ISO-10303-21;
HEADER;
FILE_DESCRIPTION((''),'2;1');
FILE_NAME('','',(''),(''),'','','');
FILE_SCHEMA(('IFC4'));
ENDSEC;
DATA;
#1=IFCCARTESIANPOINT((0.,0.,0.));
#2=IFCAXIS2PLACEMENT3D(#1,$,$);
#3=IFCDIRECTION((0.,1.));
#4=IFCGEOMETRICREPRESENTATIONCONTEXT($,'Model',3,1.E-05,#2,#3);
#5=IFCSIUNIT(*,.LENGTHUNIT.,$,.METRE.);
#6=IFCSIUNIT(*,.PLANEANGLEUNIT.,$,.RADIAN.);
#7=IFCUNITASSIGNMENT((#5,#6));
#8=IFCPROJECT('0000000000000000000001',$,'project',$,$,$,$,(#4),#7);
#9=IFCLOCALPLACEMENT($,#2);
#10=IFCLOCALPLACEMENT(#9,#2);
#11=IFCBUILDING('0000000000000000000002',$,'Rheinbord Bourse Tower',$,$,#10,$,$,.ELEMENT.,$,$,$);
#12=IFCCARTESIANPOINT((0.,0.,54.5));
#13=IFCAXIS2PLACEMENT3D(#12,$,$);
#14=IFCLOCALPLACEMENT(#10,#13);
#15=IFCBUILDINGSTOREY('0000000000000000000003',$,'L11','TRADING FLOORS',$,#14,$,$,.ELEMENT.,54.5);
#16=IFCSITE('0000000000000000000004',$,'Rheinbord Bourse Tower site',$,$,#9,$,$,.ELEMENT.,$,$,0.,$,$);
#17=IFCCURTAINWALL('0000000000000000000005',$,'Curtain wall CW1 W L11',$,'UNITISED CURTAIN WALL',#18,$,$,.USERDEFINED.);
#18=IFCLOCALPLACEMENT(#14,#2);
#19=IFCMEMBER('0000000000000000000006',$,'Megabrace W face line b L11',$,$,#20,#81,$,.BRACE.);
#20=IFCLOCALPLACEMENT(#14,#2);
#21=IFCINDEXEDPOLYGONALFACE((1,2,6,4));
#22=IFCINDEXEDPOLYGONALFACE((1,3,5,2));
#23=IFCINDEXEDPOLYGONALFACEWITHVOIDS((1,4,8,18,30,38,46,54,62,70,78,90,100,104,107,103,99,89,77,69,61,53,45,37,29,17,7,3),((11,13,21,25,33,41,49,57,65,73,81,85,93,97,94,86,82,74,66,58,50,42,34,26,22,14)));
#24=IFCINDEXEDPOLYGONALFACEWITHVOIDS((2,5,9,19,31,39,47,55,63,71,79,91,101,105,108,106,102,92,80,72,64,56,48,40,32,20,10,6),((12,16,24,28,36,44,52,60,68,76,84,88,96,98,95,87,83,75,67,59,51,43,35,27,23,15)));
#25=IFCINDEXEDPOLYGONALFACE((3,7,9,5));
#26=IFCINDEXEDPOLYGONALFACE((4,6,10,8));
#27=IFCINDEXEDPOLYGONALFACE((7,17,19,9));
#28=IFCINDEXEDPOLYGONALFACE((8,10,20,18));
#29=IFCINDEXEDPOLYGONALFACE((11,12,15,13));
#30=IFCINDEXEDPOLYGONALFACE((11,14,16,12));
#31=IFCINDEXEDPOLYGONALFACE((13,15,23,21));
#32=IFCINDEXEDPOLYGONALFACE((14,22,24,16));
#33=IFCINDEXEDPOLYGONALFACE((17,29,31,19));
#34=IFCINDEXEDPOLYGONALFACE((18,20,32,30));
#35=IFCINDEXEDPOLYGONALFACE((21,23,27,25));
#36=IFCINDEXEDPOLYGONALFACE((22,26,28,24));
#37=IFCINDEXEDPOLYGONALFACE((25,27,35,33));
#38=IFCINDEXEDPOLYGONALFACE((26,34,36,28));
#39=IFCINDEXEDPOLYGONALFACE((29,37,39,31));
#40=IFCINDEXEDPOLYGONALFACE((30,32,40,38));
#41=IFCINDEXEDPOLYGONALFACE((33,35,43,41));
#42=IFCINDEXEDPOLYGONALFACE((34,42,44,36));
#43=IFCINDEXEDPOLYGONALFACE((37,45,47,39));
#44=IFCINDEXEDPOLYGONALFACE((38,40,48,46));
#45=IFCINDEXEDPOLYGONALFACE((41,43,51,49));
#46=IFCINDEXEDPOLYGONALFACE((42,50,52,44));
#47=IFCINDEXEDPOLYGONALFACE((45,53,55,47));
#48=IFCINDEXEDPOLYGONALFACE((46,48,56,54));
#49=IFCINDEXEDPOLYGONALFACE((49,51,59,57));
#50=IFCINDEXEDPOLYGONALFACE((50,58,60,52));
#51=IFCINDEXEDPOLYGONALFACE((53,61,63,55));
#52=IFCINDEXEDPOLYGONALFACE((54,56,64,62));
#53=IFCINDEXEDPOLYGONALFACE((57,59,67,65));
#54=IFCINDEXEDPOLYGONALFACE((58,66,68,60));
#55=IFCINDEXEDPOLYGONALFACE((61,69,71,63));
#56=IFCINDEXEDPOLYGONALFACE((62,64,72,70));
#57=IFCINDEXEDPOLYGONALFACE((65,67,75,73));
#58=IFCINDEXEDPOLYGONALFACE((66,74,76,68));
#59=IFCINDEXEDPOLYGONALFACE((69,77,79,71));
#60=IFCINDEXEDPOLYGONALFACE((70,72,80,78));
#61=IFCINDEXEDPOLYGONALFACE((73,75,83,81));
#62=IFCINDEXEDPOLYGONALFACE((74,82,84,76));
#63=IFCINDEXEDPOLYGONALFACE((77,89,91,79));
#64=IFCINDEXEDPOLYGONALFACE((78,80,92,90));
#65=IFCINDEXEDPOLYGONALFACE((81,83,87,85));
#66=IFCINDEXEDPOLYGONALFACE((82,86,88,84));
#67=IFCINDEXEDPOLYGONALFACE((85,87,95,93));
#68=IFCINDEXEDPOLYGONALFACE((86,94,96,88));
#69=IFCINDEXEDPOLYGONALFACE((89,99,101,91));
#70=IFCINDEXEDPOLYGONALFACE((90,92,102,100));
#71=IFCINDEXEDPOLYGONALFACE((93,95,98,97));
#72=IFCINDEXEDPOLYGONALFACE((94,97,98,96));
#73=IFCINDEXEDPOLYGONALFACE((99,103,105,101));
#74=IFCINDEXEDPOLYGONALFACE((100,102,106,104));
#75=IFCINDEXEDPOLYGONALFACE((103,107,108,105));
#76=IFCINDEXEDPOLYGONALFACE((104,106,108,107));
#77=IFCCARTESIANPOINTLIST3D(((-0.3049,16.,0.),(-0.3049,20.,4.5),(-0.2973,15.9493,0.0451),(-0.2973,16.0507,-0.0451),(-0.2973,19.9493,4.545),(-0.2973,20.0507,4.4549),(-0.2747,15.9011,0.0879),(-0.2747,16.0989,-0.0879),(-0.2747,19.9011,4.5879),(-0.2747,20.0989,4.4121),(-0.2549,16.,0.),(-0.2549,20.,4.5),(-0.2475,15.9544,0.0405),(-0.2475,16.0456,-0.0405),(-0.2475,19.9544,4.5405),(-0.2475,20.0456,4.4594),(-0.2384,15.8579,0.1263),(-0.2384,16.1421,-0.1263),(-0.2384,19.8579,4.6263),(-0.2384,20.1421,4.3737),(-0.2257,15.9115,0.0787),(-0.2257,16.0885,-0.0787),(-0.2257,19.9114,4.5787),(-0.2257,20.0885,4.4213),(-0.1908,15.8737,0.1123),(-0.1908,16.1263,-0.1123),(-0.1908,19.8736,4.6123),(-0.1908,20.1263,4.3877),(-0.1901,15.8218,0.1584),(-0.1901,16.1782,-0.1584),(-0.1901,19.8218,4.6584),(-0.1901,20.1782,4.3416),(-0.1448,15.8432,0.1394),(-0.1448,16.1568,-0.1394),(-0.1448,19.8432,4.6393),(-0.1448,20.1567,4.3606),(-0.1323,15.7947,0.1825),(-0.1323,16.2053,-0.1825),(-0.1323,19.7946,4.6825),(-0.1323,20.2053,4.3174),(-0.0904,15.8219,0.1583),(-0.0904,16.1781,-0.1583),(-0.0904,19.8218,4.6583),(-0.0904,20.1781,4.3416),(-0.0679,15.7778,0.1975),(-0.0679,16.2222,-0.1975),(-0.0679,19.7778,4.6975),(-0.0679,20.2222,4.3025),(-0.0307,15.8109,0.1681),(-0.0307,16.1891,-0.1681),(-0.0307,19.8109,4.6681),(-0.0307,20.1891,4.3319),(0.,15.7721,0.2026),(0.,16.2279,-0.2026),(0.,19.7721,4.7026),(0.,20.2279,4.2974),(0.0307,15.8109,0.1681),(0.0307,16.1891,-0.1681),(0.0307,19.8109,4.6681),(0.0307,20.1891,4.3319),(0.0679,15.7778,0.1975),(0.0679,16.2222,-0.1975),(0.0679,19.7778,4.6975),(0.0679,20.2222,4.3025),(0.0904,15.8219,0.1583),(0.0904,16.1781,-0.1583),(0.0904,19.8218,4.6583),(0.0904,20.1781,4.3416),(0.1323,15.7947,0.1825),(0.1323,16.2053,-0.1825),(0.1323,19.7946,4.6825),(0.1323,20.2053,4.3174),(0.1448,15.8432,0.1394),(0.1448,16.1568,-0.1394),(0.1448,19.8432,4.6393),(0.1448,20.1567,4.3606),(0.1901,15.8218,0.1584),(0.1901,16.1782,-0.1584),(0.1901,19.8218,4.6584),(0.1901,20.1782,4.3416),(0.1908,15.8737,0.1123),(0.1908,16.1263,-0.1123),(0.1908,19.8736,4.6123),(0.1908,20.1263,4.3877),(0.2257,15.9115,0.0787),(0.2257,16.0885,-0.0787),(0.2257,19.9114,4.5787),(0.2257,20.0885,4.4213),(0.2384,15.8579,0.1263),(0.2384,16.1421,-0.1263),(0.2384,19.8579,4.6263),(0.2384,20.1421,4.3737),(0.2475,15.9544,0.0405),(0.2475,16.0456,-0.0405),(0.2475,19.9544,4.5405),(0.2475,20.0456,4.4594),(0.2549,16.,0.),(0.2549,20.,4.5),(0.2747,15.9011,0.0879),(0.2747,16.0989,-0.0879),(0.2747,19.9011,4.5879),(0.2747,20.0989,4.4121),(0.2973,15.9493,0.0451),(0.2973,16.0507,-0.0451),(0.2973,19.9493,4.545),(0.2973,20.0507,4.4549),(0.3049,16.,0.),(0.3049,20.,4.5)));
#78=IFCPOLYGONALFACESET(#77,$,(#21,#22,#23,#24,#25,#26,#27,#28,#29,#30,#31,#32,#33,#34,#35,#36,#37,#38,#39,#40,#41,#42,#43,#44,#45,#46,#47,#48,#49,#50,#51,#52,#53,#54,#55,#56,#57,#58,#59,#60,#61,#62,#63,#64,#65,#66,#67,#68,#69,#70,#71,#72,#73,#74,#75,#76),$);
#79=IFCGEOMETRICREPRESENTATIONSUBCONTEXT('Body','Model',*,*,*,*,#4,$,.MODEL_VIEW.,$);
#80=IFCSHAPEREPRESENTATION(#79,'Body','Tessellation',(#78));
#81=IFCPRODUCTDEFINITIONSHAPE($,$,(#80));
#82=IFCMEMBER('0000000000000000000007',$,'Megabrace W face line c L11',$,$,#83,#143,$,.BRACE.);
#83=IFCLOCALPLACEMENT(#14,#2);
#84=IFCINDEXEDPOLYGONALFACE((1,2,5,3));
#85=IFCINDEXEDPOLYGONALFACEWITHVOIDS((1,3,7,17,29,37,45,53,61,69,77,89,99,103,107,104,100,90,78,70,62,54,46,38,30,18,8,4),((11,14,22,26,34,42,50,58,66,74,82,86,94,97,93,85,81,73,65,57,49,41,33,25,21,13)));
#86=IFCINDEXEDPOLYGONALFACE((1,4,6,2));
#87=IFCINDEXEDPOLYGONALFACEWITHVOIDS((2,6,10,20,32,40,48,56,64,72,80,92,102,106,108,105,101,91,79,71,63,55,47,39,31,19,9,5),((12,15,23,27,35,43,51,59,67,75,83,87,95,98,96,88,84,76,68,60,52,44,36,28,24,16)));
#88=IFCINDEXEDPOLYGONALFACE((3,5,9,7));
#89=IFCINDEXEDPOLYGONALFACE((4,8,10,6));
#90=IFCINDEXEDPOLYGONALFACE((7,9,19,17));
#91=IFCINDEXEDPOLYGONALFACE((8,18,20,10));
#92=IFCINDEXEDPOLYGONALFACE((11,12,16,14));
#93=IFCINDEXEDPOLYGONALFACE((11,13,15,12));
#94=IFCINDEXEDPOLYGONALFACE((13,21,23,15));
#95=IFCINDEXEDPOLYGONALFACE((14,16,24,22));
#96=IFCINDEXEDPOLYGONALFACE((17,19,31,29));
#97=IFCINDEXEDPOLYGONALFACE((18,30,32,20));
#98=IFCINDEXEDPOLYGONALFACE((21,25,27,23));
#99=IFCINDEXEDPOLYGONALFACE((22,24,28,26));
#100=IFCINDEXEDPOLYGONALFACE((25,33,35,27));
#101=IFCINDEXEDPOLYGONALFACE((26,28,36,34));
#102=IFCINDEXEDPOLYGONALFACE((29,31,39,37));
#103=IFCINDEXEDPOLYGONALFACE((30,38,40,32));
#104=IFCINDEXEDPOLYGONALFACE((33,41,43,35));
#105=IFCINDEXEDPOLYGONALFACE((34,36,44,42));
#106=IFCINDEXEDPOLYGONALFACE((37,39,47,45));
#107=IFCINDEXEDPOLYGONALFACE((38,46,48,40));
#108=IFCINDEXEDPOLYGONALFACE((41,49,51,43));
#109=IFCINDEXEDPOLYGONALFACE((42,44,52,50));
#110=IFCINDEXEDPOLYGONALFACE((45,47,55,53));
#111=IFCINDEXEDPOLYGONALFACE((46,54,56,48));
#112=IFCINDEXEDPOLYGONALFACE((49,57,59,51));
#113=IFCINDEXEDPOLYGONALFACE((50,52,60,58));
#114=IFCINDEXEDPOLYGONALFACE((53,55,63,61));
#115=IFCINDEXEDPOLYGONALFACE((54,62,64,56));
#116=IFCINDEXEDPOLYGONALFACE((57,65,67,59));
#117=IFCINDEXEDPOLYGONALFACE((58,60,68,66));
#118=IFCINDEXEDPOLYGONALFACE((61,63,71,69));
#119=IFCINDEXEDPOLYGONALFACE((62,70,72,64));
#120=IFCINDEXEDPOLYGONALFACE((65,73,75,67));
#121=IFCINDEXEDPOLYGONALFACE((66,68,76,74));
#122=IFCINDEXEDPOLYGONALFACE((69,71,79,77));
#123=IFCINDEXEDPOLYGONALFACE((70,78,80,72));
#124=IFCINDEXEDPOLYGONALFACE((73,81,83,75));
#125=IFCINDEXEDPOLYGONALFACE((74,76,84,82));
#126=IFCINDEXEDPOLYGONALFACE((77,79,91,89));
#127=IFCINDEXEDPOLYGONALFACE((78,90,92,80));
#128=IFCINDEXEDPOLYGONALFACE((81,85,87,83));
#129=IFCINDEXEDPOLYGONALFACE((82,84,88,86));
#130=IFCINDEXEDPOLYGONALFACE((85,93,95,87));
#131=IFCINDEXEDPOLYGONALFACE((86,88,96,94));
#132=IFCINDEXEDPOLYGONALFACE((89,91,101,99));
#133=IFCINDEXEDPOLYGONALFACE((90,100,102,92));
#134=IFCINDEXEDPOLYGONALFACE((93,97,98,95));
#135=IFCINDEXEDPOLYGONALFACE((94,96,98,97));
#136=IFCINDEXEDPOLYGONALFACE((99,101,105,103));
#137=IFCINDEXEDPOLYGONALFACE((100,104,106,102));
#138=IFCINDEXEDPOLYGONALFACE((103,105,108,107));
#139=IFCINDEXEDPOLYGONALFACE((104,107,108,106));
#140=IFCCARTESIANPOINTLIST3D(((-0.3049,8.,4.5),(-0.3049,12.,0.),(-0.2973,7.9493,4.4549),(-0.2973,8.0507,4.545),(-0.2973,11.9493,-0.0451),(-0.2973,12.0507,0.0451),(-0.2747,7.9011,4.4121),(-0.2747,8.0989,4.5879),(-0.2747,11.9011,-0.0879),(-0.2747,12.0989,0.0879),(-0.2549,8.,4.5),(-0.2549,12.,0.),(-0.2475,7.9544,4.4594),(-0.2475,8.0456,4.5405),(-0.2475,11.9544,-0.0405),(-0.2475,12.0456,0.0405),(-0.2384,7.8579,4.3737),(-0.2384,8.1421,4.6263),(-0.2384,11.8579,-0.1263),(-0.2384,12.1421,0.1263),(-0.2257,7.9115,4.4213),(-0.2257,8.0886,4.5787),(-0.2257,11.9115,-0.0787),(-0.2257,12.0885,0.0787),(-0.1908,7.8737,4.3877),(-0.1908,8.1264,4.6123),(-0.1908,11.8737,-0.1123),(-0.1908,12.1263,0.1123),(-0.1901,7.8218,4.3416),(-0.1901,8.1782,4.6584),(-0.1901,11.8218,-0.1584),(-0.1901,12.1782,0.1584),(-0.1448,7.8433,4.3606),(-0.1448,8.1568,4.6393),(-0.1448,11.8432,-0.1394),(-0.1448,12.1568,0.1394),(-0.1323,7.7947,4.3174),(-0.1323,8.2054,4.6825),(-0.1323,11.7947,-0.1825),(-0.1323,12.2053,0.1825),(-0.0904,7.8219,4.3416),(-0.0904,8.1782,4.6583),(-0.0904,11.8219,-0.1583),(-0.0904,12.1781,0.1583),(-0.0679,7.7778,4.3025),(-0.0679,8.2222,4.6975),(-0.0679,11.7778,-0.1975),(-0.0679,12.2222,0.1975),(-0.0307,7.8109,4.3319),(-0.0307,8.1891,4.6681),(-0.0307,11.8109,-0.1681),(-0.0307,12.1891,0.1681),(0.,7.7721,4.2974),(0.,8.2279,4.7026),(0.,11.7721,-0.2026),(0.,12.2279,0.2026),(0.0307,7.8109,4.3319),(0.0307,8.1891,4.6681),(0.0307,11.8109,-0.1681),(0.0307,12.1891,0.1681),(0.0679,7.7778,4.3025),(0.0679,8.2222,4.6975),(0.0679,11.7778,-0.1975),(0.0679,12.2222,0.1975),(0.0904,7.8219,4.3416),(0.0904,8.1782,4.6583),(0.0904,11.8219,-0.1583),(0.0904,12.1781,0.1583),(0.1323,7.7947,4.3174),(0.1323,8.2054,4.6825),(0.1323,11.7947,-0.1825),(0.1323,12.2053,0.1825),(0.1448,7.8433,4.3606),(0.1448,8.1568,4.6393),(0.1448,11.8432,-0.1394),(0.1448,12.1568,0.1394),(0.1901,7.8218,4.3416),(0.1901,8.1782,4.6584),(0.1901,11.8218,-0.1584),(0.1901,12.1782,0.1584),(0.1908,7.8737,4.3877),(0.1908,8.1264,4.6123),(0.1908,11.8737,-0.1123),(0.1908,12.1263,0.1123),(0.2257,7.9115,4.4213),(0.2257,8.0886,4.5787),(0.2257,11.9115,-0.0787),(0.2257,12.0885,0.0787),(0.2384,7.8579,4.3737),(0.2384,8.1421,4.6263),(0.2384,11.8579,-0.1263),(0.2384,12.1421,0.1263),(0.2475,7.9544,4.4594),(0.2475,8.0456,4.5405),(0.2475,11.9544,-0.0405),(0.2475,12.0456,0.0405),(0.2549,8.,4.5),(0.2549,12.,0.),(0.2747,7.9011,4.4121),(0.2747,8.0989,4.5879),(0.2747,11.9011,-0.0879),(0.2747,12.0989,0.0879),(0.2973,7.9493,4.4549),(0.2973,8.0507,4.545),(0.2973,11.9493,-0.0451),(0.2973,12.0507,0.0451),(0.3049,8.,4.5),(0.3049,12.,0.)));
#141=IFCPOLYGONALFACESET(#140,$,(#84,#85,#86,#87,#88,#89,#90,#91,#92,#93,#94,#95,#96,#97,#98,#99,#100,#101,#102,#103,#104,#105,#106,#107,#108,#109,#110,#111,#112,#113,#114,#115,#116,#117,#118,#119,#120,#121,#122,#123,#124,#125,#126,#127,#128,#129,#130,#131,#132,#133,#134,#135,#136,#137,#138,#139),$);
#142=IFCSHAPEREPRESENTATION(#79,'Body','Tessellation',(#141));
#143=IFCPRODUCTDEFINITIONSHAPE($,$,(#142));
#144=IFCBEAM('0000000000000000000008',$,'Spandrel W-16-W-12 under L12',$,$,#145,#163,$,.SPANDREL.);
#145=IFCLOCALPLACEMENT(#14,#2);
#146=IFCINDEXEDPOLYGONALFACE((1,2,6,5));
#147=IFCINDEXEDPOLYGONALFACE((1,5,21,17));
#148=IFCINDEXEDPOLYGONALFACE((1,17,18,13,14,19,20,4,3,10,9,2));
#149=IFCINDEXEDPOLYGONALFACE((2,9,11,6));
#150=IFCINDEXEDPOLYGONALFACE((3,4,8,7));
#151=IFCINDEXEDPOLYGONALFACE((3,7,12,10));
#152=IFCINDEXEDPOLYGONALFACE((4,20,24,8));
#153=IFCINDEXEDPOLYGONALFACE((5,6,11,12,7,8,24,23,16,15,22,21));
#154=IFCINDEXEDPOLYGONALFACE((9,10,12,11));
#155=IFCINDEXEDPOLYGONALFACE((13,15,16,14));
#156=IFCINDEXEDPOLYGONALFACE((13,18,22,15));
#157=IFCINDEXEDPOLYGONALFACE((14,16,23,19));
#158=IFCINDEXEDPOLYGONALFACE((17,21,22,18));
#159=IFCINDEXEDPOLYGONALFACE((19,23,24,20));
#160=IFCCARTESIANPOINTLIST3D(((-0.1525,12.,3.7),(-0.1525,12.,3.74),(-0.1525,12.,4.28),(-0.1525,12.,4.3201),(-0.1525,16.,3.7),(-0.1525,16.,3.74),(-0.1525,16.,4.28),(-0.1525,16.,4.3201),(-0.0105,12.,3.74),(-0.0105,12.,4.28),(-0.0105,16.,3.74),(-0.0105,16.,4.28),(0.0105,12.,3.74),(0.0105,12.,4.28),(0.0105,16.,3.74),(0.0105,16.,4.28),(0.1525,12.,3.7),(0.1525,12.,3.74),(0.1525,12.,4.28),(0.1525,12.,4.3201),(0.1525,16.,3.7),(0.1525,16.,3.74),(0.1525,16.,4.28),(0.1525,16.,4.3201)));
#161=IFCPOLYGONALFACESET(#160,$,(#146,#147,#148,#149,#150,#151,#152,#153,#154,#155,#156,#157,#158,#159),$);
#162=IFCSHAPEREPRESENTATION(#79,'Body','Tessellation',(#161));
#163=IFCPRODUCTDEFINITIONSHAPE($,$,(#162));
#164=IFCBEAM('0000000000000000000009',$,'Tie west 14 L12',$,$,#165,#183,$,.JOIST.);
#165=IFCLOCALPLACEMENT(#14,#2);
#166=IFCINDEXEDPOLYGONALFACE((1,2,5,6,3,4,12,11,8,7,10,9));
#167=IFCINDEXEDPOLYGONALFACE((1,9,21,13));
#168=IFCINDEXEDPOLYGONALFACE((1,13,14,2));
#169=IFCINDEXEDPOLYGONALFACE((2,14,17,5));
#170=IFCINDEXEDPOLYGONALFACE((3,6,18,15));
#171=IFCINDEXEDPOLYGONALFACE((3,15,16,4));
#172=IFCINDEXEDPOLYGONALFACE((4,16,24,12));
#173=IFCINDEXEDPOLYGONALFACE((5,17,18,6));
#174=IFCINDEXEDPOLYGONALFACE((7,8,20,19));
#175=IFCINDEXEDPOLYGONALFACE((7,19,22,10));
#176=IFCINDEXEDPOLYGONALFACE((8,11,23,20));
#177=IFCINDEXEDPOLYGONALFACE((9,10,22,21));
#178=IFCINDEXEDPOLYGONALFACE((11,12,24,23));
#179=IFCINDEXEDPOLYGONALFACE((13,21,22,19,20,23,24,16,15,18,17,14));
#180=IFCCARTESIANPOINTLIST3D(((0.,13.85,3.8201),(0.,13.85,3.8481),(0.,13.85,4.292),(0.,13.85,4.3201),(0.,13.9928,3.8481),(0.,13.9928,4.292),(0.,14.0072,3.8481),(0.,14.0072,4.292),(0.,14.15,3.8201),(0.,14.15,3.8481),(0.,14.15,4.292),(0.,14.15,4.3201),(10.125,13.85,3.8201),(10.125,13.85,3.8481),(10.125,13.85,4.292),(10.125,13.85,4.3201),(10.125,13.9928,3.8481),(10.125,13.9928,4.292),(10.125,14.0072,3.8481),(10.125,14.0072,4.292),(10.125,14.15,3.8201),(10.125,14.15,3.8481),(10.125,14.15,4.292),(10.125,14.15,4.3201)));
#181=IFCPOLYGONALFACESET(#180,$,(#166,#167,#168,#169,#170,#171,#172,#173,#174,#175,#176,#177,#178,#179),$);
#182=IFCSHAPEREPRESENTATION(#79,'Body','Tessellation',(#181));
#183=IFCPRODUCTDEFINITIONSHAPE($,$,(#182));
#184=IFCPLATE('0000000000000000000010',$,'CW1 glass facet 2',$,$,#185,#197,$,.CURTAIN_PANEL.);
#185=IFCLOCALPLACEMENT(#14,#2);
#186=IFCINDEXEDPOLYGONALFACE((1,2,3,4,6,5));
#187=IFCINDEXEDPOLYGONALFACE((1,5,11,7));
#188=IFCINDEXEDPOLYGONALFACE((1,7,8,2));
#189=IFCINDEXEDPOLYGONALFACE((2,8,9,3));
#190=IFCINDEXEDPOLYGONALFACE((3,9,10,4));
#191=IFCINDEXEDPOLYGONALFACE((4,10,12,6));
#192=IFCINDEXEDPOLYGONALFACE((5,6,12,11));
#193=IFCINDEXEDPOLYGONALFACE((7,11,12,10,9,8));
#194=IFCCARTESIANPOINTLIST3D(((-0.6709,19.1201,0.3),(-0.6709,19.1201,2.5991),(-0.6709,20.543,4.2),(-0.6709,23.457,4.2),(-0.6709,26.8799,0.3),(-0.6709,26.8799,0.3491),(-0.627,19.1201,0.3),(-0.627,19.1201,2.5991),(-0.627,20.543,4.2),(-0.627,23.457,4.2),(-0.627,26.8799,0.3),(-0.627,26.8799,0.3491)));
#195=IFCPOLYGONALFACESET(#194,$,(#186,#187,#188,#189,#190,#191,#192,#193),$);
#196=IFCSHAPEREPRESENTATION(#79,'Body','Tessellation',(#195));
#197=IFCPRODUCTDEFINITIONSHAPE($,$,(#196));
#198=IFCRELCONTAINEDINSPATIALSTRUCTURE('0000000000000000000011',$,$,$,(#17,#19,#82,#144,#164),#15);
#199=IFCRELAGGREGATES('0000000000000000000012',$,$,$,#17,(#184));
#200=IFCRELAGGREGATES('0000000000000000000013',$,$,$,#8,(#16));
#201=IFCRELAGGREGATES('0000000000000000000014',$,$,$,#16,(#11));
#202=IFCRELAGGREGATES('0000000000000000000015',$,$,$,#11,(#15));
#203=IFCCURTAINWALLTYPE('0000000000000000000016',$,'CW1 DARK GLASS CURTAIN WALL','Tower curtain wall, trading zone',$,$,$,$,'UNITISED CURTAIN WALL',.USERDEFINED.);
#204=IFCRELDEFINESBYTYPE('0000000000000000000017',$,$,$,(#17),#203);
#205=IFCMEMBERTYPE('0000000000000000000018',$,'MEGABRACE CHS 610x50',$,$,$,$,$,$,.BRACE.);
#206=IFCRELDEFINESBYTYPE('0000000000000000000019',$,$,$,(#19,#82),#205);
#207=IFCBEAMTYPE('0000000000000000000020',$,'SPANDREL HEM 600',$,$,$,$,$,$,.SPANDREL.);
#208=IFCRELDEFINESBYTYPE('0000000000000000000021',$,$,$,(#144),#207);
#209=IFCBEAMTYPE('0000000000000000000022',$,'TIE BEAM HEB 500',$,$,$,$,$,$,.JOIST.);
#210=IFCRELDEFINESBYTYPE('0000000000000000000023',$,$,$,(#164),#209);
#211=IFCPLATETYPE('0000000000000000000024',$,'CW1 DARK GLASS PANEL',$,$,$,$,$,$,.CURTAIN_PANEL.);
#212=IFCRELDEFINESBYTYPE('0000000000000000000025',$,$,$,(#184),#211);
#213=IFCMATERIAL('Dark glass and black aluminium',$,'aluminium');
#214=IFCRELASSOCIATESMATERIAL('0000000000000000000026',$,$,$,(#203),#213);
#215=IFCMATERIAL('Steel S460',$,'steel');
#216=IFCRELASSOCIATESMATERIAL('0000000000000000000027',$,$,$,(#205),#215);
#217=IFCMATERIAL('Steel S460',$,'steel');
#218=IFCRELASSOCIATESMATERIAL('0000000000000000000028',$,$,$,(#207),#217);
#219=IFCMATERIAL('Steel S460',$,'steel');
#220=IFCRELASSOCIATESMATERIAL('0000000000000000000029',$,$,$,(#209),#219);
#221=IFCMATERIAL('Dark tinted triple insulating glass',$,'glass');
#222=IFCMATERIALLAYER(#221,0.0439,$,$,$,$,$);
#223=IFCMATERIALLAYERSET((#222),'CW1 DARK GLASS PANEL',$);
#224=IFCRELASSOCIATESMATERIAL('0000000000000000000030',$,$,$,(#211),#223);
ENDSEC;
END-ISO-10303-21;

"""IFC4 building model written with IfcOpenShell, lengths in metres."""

from ifc_helpers import new_model, si_unit, direction, frame, origin, origin_2d, place, context, subcontext, project, spatial, polyline, hollow_circle, i_section, outline, extrude, material, layer, layer_set, material_profile, profile_set, type_object, element, aggregate, save


model = new_model("IFC4")

# Units and contexts
model_context = context("Model", 3, precision=1e-05, world=origin(), true_north=direction((0.0, 1.0)))
body_context = subcontext(model_context, "Body", "Model", "MODEL_VIEW")
ifc_project = project(units=[si_unit("LENGTHUNIT", "METRE"), si_unit("PLANEANGLEUNIT", "RADIAN")], contexts=[model_context])

# Site, building, storey
site_placement = place(None, origin())
site = spatial("IfcSite", under=ifc_project, at=site_placement, Name="Rheinbord Bourse Tower site", CompositionType="ELEMENT", RefElevation=0.0)
building_placement = place(site_placement, origin())
building = spatial("IfcBuilding", under=site, at=building_placement, Name="Rheinbord Bourse Tower", CompositionType="ELEMENT")
storey_placement = place(building_placement, frame((0.0, 0.0, 54.5)))
storey = spatial("IfcBuildingStorey", under=building, at=storey_placement, Name="L11", Description="TRADING FLOORS", CompositionType="ELEMENT", Elevation=54.5)

# Curtain wall
ifc_material_1 = material(Name="Dark glass and black aluminium", Category="aluminium")
curtain_wall_type = type_object("IfcCurtainWallType", Name="CW1 DARK GLASS CURTAIN WALL", Description="Tower curtain wall, trading zone", ElementType="UNITISED CURTAIN WALL", PredefinedType="USERDEFINED", material=ifc_material_1)
curtain_wall_placement = place(storey_placement, origin())
curtain_wall = element("IfcCurtainWall", 1, at=curtain_wall_placement, inside=storey, type_object=curtain_wall_type, Name="Curtain wall CW1 W L11", ObjectType="UNITISED CURTAIN WALL", PredefinedType="USERDEFINED")

# Members
ifc_material_2 = material(Name="Steel S460", Category="steel")
ifc_material_profile_1 = material_profile(ifc_material_2, hollow_circle(Radius=0.3049, WallThickness=0.05, at=origin_2d()), Name="CHS 610x50")
ifc_profile_set_1 = profile_set([ifc_material_profile_1], Name="Steel S460")
member_type_1 = type_object("IfcMemberType", Name="MEGABRACE CHS 610x50", PredefinedType="BRACE", material=ifc_profile_set_1)
for number, where, z_axis, x_axis, name in (
    (2, (0.0, 16.0, 0.0), (0.0, 0.664364, 0.747409), (-1.0, 0.0, 0.0), "Megabrace W face line b L11"),
    (3, (0.0, 12.0, 0.0), (0.0, -0.664364, 0.747409), (1.0, 0.0, 0.0), "Megabrace W face line c L11"),
):
    element("IfcMember", number, at=place(storey_placement, frame(where, z_axis=z_axis, x_axis=x_axis)), inside=storey, type_object=member_type_1, Name=name, PredefinedType="BRACE", context=body_context, shape_type="SweptSolid", body=[
        extrude(hollow_circle(Radius=0.3049, WallThickness=0.05, at=origin_2d()), origin(), (0.0, 0.0, 1.0), 6.0208),
    ])

# Beams
ifc_material_3 = material(Name="Steel S460", Category="steel")
ifc_material_profile_2 = material_profile(ifc_material_3, i_section(OverallWidth=0.3049, OverallDepth=0.6201, WebThickness=0.021, FlangeThickness=0.04, at=origin_2d()), Name="HEM 600")
ifc_profile_set_2 = profile_set([ifc_material_profile_2], Name="Steel S460")
beam_type_1 = type_object("IfcBeamType", Name="SPANDREL HEM 600", PredefinedType="SPANDREL", material=ifc_profile_set_2)
beam_1_placement = place(storey_placement, frame((0.0, 16.0, 4.01), z_axis=(0.0, -1.0, 0.0), x_axis=(1.0, 0.0, 0.0)))
element("IfcBeam", 4, at=beam_1_placement, inside=storey, type_object=beam_type_1, Name="Spandrel W-16-W-12 under L12", PredefinedType="SPANDREL", context=body_context, shape_type="SweptSolid", body=[
    extrude(i_section(OverallWidth=0.3049, OverallDepth=0.6201, WebThickness=0.021, FlangeThickness=0.04, at=origin_2d()), origin(), (0.0, 0.0, 1.0), 4.0),
])
ifc_material_4 = material(Name="Steel S460", Category="steel")
ifc_material_profile_3 = material_profile(ifc_material_4, i_section(OverallWidth=0.3, OverallDepth=0.5, WebThickness=0.0144, FlangeThickness=0.0281, at=origin_2d()), Name="HEB 500")
ifc_profile_set_3 = profile_set([ifc_material_profile_3], Name="Steel S460")
beam_type_2 = type_object("IfcBeamType", Name="TIE BEAM HEB 500", PredefinedType="JOIST", material=ifc_profile_set_3)
beam_2_placement = place(storey_placement, frame((0.0, 14.0, 4.0701), z_axis=(1.0, 0.0, 0.0), x_axis=(0.0, 1.0, 0.0)))
element("IfcBeam", 5, at=beam_2_placement, inside=storey, type_object=beam_type_2, Name="Tie west 14 L12", PredefinedType="JOIST", context=body_context, shape_type="SweptSolid", body=[
    extrude(i_section(OverallWidth=0.3, OverallDepth=0.5, WebThickness=0.0144, FlangeThickness=0.0281, at=origin_2d()), origin(), (0.0, 0.0, 1.0), 10.125),
])

# Plate
ifc_material_5 = material(Name="Dark tinted triple insulating glass", Category="glass")
ifc_layer_1 = layer(ifc_material_5, 0.0439)
ifc_layer_set_1 = layer_set([ifc_layer_1], Name="CW1 DARK GLASS PANEL")
plate_type = type_object("IfcPlateType", Name="CW1 DARK GLASS PANEL", PredefinedType="CURTAIN_PANEL", material=ifc_layer_set_1)
plate_1_placement = place(storey_placement, frame((-0.6709, 19.1201, 0.3), z_axis=(1.0, 0.0, 0.0), x_axis=(0.0, 1.0, 0.0)))
plate_1 = element("IfcPlate", 6, at=plate_1_placement, type_object=plate_type, Name="CW1 glass facet 2", PredefinedType="CURTAIN_PANEL", context=body_context, shape_type="SweptSolid", body=[
    extrude(outline(polyline([(0.0, 0.0), (7.7598, 0.0), (7.7598, 0.0491), (4.3369, 3.8999), (1.4229, 3.8999), (0.0, 2.2991), (0.0, 0.0)])), origin(), (0.0, 0.0, 1.0), 0.0439),
])
aggregate(curtain_wall, [plate_1])

save(model, "model.ifc")
